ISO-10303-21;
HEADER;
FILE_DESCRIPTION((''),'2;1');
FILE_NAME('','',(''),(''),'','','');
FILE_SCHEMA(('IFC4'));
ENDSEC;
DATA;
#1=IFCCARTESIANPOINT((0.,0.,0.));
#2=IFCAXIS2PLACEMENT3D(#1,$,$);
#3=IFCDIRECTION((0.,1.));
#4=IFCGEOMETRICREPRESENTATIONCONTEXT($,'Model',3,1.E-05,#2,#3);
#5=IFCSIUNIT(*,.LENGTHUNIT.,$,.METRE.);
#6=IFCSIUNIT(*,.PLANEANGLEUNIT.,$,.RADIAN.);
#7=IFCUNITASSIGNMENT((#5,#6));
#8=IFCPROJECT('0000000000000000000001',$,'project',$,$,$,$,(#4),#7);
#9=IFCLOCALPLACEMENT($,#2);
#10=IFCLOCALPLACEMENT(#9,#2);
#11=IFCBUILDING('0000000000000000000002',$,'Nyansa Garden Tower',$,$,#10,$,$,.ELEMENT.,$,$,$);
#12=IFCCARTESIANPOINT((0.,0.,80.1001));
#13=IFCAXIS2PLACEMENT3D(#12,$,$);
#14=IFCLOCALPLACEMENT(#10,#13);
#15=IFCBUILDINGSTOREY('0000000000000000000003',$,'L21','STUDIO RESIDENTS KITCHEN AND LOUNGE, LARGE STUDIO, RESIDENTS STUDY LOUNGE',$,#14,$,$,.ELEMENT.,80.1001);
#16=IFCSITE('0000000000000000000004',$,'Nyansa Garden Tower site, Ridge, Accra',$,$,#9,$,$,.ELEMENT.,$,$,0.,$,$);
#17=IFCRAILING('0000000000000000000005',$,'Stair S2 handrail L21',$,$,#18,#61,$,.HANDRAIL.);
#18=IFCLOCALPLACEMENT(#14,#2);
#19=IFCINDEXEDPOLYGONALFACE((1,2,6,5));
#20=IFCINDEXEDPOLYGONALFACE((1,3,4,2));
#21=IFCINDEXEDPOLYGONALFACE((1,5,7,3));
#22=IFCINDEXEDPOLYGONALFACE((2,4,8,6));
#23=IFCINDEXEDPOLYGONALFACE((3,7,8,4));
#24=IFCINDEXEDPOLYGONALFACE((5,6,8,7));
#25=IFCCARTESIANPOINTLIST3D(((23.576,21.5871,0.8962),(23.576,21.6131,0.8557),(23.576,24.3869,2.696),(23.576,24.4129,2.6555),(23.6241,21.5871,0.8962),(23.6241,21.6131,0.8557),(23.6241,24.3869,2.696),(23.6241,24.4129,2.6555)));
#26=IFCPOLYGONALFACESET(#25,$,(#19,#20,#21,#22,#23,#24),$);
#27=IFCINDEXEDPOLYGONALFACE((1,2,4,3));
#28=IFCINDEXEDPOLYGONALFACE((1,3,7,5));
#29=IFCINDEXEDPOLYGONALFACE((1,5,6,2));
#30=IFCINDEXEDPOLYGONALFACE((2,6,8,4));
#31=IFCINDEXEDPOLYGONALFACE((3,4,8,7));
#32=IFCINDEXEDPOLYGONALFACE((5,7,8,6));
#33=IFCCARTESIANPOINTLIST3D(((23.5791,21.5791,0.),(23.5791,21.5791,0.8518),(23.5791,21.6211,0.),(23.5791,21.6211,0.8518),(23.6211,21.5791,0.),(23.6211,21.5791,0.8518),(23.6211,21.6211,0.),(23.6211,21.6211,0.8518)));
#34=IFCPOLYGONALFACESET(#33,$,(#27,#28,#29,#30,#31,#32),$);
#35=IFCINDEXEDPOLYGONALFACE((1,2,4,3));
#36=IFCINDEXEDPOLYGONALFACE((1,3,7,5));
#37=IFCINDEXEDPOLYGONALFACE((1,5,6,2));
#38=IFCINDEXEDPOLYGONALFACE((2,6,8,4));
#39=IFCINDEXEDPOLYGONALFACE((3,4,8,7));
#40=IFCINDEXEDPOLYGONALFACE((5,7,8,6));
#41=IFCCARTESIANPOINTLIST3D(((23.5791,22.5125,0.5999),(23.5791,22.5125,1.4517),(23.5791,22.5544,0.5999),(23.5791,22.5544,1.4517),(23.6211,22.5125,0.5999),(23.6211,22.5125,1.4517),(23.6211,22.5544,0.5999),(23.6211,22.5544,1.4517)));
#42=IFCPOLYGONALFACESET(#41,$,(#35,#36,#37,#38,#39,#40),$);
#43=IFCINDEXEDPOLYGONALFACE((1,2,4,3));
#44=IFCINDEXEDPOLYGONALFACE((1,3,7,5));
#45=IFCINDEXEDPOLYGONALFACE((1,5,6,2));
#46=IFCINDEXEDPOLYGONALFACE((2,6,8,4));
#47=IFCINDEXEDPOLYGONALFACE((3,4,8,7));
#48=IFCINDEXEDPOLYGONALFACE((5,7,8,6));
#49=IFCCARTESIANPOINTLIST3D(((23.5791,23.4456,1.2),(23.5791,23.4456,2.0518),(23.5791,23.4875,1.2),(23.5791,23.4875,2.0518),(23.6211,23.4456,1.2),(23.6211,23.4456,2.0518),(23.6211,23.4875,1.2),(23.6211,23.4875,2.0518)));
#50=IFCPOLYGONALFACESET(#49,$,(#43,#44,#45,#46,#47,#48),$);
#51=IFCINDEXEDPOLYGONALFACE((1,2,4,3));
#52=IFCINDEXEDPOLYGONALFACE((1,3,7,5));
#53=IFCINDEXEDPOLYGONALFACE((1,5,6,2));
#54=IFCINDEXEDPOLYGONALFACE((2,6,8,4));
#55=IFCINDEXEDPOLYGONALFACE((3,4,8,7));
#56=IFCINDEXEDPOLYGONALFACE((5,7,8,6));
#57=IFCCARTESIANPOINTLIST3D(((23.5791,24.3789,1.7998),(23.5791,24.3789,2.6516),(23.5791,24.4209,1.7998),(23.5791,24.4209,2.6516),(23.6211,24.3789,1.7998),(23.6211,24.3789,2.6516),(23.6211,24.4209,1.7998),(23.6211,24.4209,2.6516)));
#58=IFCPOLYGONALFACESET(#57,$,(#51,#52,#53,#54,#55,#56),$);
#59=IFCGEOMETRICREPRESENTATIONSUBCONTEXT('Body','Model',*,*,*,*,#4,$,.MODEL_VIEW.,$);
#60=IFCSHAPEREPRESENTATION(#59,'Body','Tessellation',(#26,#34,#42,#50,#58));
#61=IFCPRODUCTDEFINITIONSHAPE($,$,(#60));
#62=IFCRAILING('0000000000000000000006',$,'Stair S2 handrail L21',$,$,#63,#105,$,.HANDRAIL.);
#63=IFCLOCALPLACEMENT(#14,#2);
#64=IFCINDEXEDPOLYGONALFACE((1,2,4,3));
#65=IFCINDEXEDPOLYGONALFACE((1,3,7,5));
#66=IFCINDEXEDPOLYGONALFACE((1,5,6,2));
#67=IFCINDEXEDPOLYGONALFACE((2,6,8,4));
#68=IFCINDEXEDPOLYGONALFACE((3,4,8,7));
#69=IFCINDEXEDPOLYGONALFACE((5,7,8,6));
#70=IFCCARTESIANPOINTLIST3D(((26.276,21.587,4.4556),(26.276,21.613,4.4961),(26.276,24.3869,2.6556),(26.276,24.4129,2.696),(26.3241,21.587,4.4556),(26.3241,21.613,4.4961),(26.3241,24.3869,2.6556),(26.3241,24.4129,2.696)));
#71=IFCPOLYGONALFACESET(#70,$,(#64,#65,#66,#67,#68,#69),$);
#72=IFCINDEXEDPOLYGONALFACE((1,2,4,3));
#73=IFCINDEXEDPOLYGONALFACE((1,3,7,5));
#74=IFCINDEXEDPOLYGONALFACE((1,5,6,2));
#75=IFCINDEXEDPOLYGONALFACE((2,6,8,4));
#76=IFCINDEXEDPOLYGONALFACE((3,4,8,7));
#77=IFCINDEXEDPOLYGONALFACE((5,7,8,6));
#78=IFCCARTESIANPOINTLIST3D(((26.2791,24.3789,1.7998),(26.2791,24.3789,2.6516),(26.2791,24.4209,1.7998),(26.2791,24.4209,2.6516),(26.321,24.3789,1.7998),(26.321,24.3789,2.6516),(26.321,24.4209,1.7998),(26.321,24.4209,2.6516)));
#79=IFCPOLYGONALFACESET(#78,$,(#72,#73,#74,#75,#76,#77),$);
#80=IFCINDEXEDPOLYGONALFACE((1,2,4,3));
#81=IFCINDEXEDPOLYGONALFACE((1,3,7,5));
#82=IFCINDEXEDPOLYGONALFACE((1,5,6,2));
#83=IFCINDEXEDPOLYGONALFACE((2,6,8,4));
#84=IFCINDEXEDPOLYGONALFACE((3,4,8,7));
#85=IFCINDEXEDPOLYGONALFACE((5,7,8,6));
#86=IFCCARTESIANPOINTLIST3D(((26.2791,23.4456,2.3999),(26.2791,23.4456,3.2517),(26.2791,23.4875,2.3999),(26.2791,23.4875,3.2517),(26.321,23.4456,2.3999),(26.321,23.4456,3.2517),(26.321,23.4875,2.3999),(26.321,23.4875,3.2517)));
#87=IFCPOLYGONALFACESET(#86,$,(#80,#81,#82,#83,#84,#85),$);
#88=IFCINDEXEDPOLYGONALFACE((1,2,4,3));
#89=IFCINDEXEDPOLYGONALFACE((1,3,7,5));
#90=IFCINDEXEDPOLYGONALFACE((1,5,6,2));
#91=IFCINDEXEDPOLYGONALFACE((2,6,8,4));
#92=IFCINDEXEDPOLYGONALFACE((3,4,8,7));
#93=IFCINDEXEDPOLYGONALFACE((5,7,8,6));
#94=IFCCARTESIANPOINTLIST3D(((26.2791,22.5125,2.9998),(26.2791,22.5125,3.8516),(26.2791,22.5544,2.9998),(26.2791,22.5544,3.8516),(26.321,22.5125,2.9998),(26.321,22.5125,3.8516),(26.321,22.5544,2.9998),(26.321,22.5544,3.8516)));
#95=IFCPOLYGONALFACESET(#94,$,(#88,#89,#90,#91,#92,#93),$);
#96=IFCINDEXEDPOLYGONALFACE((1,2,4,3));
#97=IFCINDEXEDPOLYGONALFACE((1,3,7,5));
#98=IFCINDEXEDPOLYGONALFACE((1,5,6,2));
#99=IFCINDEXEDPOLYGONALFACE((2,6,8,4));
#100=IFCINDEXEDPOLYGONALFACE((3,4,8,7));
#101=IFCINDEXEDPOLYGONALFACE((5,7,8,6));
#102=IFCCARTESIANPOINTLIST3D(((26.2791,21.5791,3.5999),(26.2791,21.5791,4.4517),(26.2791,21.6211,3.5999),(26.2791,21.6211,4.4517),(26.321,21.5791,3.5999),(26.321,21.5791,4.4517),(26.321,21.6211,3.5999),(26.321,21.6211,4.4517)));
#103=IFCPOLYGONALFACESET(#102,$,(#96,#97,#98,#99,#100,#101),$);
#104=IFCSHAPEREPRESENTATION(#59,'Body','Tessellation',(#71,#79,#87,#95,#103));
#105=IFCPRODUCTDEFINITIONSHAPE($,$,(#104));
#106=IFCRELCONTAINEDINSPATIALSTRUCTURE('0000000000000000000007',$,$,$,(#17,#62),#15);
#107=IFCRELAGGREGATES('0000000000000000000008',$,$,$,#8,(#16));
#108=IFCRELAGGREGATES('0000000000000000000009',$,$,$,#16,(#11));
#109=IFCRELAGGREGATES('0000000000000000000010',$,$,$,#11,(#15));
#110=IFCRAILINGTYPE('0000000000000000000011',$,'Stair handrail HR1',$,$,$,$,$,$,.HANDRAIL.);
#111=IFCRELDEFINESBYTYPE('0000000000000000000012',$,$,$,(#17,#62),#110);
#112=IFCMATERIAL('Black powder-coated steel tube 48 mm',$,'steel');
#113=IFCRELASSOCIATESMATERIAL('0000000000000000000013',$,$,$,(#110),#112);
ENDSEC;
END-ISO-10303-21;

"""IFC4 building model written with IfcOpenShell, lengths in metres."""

from ifc_helpers import new_model, si_unit, direction, frame, origin, origin_2d, place, context, subcontext, project, spatial, rectangle, extrude, material, type_object, element, save


model = new_model("IFC4")

# Units and contexts
model_context = context("Model", 3, precision=1e-05, world=origin(), true_north=direction((0.0, 1.0)))
body_context = subcontext(model_context, "Body", "Model", "MODEL_VIEW")
ifc_project = project(units=[si_unit("LENGTHUNIT", "METRE"), si_unit("PLANEANGLEUNIT", "RADIAN")], contexts=[model_context])

# Site, building, storey
site_placement = place(None, origin())
site = spatial("IfcSite", under=ifc_project, at=site_placement, Name="Nyansa Garden Tower site, Ridge, Accra", CompositionType="ELEMENT", RefElevation=0.0)
building_placement = place(site_placement, origin())
building = spatial("IfcBuilding", under=site, at=building_placement, Name="Nyansa Garden Tower", CompositionType="ELEMENT")
storey_placement = place(building_placement, frame((0.0, 0.0, 80.1001)))
storey = spatial("IfcBuildingStorey", under=building, at=storey_placement, Name="L21", Description="STUDIO RESIDENTS KITCHEN AND LOUNGE, LARGE STUDIO, RESIDENTS STUDY LOUNGE", CompositionType="ELEMENT", Elevation=80.1001)

# Railings
ifc_material_1 = material(Name="Black powder-coated steel tube 48 mm", Category="steel")
railing_type = type_object("IfcRailingType", Name="Stair handrail HR1", PredefinedType="HANDRAIL", material=ifc_material_1)
railing_1_placement = place(storey_placement, frame((23.6001, 21.6001, 0.0)))
element("IfcRailing", 1, at=railing_1_placement, inside=storey, type_object=railing_type, Name="Stair S2 handrail L21", PredefinedType="HANDRAIL", context=body_context, shape_type="SweptSolid", body=[
    extrude(rectangle(XDim=0.0481, YDim=0.0481, at=origin_2d()), frame((0.0, 0.0, 0.876), z_axis=(0.0, 0.841188, 0.540743), x_axis=(-1.0, 0.0, 0.0)), (0.0, 0.0, 1.0), 3.3284),
    extrude(rectangle(XDim=0.042, YDim=0.042, at=origin_2d()), origin(), (0.0, 0.0, 1.0), 0.8518),
    extrude(rectangle(XDim=0.042, YDim=0.042, at=origin_2d()), frame((0.0, 0.9333, 0.5999)), (0.0, 0.0, 1.0), 0.8518),
    extrude(rectangle(XDim=0.042, YDim=0.042, at=origin_2d()), frame((0.0, 1.8665, 1.2)), (0.0, 0.0, 1.0), 0.8518),
    extrude(rectangle(XDim=0.042, YDim=0.042, at=origin_2d()), frame((0.0, 2.7998, 1.7998)), (0.0, 0.0, 1.0), 0.8518),
])
railing_2_placement = place(storey_placement, frame((26.3, 24.3999, 1.7998)))
element("IfcRailing", 2, at=railing_2_placement, inside=storey, type_object=railing_type, Name="Stair S2 handrail L21", PredefinedType="HANDRAIL", context=body_context, shape_type="SweptSolid", body=[
    extrude(rectangle(XDim=0.0481, YDim=0.0481, at=origin_2d()), frame((0.0, 0.0, 0.876), z_axis=(0.0, -0.841155, 0.540795), x_axis=(1.0, 0.0, 0.0)), (0.0, 0.0, 1.0), 3.3286),
    extrude(rectangle(XDim=0.042, YDim=0.042, at=origin_2d()), origin(), (0.0, 0.0, 1.0), 0.8518),
    extrude(rectangle(XDim=0.042, YDim=0.042, at=origin_2d()), frame((0.0, -0.9333, 0.6001)), (0.0, 0.0, 1.0), 0.8518),
    extrude(rectangle(XDim=0.042, YDim=0.042, at=origin_2d()), frame((0.0, -1.8665, 1.2)), (0.0, 0.0, 1.0), 0.8518),
    extrude(rectangle(XDim=0.042, YDim=0.042, at=origin_2d()), frame((0.0, -2.7998, 1.8)), (0.0, 0.0, 1.0), 0.8518),
])

save(model, "model.ifc")
